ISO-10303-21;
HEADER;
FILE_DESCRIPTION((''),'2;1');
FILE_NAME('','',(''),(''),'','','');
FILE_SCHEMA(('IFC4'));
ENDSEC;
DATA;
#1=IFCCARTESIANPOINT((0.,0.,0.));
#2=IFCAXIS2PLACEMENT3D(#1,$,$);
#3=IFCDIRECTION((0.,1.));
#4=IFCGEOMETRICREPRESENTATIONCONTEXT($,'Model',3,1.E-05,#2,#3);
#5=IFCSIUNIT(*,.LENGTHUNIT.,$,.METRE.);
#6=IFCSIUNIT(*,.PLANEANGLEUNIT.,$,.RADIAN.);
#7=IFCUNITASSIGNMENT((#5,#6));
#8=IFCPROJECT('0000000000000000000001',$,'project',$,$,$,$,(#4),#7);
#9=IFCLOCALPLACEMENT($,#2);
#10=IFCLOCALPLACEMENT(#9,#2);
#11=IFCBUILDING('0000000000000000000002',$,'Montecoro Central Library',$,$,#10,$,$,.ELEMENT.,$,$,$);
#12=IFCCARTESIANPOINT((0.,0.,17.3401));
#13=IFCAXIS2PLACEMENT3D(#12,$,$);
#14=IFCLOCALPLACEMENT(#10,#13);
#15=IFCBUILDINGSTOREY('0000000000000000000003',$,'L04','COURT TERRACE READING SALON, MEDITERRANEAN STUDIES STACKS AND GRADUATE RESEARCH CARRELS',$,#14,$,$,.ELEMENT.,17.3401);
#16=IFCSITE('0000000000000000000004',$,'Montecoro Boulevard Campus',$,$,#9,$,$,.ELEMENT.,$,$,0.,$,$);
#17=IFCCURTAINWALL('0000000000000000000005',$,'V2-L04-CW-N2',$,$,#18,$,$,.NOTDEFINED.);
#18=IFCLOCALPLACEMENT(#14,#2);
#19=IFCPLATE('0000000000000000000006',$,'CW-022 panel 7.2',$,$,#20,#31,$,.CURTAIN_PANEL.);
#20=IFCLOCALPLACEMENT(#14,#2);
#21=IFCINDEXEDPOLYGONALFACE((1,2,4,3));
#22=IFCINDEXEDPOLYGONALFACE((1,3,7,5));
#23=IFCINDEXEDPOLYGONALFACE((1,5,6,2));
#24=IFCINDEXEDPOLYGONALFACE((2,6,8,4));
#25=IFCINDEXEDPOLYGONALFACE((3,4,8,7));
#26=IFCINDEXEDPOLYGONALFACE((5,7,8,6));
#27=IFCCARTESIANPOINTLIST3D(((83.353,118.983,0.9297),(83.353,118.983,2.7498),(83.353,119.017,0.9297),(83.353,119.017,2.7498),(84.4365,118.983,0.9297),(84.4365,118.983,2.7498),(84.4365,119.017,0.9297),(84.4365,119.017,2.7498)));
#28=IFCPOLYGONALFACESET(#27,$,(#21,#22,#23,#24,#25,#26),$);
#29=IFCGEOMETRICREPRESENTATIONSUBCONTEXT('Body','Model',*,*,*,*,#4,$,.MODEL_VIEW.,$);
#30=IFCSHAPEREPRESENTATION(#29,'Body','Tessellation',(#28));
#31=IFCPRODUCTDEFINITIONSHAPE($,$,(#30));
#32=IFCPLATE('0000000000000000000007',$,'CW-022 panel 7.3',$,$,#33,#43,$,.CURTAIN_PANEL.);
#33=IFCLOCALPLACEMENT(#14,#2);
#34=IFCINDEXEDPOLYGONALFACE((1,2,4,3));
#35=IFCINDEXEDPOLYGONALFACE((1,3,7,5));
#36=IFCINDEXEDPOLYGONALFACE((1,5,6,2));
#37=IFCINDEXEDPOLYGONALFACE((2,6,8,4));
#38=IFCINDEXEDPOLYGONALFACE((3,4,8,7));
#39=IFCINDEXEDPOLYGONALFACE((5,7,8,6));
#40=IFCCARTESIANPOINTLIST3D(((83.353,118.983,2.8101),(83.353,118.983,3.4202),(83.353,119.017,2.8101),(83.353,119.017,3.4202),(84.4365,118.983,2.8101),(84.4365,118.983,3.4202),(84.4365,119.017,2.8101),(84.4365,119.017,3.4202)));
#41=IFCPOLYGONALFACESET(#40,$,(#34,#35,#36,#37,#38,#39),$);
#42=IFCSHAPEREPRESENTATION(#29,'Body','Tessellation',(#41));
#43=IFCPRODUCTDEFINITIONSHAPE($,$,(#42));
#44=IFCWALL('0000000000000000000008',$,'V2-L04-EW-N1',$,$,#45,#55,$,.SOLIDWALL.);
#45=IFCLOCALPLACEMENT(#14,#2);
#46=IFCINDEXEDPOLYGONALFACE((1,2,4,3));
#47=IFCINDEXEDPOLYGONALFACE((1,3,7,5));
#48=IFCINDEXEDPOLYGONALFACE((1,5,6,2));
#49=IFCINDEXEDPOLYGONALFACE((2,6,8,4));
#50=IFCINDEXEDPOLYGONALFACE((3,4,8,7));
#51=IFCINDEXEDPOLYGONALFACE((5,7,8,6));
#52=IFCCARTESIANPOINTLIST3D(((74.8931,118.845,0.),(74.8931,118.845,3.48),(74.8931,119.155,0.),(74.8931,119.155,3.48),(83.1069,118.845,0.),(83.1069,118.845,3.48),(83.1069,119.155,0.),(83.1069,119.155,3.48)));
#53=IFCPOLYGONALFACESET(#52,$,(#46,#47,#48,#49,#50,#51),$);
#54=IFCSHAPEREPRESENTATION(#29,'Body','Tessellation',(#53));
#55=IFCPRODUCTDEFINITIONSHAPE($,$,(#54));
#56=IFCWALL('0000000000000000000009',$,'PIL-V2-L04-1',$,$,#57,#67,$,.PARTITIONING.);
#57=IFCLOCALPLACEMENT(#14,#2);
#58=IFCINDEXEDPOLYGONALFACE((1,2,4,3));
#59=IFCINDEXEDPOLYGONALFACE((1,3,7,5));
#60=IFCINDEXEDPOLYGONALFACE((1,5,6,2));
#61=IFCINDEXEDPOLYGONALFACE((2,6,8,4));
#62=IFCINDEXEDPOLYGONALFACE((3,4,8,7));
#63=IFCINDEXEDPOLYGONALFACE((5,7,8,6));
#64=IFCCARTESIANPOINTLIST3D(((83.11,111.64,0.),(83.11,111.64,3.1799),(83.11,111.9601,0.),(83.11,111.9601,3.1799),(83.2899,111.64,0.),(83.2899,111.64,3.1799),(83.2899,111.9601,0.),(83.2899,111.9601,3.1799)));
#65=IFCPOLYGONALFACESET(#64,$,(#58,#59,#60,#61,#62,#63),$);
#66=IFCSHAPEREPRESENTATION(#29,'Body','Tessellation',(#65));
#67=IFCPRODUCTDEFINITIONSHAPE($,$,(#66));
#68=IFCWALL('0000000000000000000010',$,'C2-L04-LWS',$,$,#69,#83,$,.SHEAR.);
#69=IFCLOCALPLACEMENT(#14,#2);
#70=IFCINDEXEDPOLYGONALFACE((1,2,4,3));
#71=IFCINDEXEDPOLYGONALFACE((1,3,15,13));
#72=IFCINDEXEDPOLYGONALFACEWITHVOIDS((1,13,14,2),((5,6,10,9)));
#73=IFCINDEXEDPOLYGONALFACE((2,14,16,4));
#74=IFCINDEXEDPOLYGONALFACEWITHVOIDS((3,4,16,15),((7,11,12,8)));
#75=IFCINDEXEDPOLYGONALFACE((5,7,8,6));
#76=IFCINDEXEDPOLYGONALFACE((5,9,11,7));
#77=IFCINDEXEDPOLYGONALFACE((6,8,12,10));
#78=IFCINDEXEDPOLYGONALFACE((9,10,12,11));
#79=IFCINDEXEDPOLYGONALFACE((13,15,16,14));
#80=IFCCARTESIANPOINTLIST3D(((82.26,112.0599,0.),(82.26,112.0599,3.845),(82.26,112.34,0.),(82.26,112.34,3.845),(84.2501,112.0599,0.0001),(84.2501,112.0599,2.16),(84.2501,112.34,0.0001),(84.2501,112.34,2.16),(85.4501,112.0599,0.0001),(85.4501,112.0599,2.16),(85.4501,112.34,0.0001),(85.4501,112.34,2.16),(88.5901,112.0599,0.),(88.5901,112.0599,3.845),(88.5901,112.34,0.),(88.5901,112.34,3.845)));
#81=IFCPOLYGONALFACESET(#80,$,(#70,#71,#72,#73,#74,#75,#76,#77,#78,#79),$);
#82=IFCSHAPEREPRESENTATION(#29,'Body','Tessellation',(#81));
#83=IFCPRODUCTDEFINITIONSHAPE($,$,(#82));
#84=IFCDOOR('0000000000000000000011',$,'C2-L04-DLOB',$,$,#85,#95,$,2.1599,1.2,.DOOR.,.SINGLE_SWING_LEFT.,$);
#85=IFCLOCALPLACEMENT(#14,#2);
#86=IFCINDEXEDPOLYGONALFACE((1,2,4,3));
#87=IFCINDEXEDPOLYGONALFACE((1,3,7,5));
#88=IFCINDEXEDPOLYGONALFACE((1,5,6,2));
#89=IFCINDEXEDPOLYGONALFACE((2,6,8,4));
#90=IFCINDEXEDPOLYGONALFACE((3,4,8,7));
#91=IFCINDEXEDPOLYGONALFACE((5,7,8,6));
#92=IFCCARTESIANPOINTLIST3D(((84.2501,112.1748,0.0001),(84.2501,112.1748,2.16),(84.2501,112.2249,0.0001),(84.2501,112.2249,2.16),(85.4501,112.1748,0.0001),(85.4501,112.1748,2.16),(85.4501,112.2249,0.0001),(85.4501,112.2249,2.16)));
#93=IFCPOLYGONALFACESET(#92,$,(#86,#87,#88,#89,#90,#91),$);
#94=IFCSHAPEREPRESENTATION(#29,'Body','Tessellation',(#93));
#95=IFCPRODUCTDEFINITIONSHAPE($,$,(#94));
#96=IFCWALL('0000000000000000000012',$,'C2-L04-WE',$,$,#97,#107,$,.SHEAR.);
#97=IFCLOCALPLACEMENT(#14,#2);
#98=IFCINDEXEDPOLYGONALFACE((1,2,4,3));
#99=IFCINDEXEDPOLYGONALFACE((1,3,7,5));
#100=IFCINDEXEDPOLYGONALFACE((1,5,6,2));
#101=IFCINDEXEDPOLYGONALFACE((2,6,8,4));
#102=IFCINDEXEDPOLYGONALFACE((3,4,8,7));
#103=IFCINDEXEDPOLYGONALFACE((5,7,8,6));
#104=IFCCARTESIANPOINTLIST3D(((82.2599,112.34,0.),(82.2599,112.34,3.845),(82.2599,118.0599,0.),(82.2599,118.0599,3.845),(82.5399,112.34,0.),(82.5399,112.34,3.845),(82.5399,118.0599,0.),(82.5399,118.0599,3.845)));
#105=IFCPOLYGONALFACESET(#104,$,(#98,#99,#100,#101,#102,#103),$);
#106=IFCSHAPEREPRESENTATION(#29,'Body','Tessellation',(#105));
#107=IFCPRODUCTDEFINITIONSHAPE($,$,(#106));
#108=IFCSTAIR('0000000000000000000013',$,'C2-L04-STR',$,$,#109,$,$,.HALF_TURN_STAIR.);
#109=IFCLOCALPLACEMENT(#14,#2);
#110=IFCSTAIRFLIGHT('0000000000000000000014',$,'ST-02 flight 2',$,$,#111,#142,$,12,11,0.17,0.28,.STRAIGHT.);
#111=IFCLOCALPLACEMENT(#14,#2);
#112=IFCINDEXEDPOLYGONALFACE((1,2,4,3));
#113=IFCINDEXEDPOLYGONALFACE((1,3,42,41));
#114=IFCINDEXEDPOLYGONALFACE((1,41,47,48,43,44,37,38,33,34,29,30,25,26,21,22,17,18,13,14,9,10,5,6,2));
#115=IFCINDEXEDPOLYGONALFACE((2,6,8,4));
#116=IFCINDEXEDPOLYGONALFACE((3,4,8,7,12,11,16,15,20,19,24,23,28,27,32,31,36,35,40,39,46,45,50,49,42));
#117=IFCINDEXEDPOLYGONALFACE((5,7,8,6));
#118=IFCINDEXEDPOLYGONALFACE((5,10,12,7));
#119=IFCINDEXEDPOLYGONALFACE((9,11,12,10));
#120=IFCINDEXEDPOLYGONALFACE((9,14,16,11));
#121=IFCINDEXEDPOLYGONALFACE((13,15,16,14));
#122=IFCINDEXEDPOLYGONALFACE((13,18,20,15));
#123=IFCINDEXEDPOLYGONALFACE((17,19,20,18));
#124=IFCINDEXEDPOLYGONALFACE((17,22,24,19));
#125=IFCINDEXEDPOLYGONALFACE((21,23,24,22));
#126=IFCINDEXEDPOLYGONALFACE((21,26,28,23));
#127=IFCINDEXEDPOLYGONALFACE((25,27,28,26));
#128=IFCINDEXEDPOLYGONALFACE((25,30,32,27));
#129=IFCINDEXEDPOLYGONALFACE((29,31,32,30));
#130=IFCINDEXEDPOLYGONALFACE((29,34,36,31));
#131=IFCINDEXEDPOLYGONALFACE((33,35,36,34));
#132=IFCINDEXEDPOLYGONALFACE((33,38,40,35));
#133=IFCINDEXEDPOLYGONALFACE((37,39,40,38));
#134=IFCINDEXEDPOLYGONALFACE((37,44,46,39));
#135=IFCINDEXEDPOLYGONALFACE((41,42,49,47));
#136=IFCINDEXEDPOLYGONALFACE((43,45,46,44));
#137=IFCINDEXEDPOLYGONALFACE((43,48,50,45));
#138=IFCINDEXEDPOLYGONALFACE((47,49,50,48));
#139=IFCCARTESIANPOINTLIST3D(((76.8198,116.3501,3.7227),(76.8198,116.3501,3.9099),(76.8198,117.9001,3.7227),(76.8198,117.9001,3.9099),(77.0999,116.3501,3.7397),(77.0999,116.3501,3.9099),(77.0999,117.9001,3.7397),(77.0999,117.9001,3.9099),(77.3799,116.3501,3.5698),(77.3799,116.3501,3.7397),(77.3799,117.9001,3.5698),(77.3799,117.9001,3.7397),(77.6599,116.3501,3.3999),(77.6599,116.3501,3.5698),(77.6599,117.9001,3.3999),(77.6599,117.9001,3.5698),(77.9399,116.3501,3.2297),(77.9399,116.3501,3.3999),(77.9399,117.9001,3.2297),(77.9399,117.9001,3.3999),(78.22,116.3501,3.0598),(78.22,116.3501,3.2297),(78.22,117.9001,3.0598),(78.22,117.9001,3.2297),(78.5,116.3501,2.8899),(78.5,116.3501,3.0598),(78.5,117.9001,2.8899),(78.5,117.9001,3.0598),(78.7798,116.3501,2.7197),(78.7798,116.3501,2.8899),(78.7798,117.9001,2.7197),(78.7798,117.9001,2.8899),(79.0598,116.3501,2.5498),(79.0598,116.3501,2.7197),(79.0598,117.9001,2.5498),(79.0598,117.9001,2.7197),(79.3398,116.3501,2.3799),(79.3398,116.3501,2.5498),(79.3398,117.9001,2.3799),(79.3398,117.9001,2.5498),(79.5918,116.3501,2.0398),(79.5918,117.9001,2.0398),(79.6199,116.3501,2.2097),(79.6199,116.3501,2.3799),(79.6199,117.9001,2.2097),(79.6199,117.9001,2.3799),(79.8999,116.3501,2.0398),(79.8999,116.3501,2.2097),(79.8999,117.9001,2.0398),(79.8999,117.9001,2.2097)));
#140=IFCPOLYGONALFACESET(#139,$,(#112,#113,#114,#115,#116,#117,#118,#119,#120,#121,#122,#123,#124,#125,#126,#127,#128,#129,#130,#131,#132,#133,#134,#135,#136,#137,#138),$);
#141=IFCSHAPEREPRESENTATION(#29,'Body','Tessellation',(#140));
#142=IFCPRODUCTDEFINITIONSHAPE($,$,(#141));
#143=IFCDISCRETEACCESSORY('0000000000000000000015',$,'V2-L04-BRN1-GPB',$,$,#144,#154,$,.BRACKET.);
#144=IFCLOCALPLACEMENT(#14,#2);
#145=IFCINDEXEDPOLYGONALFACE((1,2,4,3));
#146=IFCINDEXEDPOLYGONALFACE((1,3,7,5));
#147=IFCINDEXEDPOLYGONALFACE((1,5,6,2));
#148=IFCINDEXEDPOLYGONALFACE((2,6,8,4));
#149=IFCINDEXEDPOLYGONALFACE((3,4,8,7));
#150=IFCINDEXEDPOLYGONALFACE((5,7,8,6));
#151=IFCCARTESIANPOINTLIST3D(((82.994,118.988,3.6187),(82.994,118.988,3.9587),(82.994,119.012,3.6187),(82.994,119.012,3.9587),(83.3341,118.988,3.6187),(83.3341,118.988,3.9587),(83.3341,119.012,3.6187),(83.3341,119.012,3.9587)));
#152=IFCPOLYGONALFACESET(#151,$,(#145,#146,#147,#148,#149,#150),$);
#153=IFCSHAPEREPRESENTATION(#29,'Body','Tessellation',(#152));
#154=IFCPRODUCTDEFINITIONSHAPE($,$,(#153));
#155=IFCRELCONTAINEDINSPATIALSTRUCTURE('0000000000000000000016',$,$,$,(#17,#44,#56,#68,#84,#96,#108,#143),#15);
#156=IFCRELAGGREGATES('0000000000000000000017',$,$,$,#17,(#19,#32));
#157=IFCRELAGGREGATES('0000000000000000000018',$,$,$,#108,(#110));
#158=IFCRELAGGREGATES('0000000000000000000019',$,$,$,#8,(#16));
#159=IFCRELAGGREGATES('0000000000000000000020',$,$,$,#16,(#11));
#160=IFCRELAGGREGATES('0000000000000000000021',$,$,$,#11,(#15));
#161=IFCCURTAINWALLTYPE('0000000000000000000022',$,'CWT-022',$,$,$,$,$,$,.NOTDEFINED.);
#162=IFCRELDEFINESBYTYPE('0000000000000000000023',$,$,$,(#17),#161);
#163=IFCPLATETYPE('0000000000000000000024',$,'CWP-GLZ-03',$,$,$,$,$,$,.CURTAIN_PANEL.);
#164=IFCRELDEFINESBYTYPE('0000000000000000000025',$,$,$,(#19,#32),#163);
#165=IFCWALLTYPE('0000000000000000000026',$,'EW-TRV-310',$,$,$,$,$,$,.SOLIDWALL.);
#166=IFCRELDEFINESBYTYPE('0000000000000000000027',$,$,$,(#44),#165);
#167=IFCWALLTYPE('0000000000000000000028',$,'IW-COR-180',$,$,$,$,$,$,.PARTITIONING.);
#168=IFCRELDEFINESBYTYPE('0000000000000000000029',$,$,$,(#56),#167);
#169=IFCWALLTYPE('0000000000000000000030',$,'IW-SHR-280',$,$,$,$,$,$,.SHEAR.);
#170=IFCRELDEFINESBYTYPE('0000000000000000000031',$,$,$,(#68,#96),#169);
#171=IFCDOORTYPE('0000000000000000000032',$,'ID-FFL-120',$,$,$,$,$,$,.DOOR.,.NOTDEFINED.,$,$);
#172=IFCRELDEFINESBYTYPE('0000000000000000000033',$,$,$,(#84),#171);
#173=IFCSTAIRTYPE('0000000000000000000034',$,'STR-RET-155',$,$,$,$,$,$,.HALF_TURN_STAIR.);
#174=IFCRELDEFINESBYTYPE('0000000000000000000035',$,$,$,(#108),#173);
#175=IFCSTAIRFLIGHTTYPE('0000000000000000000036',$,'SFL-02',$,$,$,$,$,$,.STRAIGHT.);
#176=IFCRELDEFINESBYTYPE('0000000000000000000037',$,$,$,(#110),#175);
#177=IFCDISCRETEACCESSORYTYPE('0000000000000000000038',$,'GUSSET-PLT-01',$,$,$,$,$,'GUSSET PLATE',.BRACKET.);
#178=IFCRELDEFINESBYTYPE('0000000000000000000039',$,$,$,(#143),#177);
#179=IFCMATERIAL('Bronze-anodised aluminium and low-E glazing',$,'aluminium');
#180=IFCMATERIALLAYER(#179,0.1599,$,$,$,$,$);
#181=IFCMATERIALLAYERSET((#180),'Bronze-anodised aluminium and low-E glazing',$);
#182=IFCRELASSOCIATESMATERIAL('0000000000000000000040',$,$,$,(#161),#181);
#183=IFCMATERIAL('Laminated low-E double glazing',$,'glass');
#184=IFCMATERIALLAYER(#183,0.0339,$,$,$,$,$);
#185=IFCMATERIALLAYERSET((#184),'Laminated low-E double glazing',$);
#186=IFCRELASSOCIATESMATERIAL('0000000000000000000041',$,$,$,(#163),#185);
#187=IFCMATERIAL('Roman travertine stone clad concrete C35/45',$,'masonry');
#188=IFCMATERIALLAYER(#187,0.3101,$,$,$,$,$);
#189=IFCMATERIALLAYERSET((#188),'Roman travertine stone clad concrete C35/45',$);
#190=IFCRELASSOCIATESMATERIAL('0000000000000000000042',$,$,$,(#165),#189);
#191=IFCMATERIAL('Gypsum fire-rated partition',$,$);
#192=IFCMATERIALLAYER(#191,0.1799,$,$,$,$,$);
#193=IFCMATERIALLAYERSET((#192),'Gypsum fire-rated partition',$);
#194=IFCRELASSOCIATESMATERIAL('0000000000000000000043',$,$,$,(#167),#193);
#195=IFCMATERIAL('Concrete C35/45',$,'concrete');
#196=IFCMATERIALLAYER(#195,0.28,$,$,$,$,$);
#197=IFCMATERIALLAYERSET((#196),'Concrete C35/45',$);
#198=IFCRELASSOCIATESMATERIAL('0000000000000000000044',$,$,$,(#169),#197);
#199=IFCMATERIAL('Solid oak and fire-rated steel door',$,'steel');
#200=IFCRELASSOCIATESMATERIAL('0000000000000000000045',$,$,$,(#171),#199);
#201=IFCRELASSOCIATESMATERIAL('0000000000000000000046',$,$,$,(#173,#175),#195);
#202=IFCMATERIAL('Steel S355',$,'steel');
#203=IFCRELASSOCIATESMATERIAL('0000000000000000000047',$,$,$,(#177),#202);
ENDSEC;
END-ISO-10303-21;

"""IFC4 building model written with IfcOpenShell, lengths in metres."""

from ifc_helpers import new_model, si_unit, direction, frame, frame_2d, origin, origin_2d, place, context, subcontext, project, spatial, polyline, rectangle, outline, extrude, material, layer, layer_set, type_object, element, fill, aggregate, save


model = new_model("IFC4")

# Units and contexts
model_context = context("Model", 3, precision=1e-05, world=origin(), true_north=direction((0.0, 1.0)))
body_context = subcontext(model_context, "Body", "Model", "MODEL_VIEW")
ifc_project = project(units=[si_unit("LENGTHUNIT", "METRE"), si_unit("PLANEANGLEUNIT", "RADIAN")], contexts=[model_context])

# Site, building, storey
site_placement = place(None, origin())
site = spatial("IfcSite", under=ifc_project, at=site_placement, Name="Montecoro Boulevard Campus", CompositionType="ELEMENT", RefElevation=0.0)
building_placement = place(site_placement, origin())
building = spatial("IfcBuilding", under=site, at=building_placement, Name="Montecoro Central Library", CompositionType="ELEMENT")
storey_placement = place(building_placement, frame((0.0, 0.0, 17.3401)))
storey = spatial("IfcBuildingStorey", under=building, at=storey_placement, Name="L04", Description="COURT TERRACE READING SALON, MEDITERRANEAN STUDIES STACKS AND GRADUATE RESEARCH CARRELS", CompositionType="ELEMENT", Elevation=17.3401)

# Shared definitions
ifc_material_1 = material(Name="Steel S355", Category="steel")

# Curtain wall, plates
ifc_material_2 = material(Name="Bronze-anodised aluminium and low-E glazing", Category="aluminium")
ifc_layer_1 = layer(ifc_material_2, 0.1599)
ifc_layer_set_1 = layer_set([ifc_layer_1], Name="Bronze-anodised aluminium and low-E glazing")
curtain_wall_type = type_object("IfcCurtainWallType", Name="CWT-022", PredefinedType="NOTDEFINED", material=ifc_layer_set_1)
curtain_wall_placement = place(storey_placement, origin())
curtain_wall = element("IfcCurtainWall", 1, at=curtain_wall_placement, inside=storey, type_object=curtain_wall_type, Name="V2-L04-CW-N2", PredefinedType="NOTDEFINED")
ifc_material_3 = material(Name="Laminated low-E double glazing", Category="glass")
ifc_layer_2 = layer(ifc_material_3, 0.0339)
ifc_layer_set_2 = layer_set([ifc_layer_2], Name="Laminated low-E double glazing")
plate_type = type_object("IfcPlateType", Name="CWP-GLZ-03", PredefinedType="CURTAIN_PANEL", material=ifc_layer_set_2)
plate_1_placement = place(storey_placement, frame((83.8948, 119.0, 0.9297), z_axis=(0.0, 0.0, 1.0), x_axis=(-1.0, 0.0, 0.0)))
plate_1 = element("IfcPlate", 2, at=plate_1_placement, type_object=plate_type, Name="CW-022 panel 7.2", PredefinedType="CURTAIN_PANEL", context=body_context, shape_type="SweptSolid", body=[
    extrude(rectangle(XDim=1.0835, YDim=0.0339, at=origin_2d()), origin(), (0.0, 0.0, 1.0), 1.8201),
])
plate_2_placement = place(storey_placement, frame((83.8948, 119.0, 2.8101), z_axis=(0.0, 0.0, 1.0), x_axis=(-1.0, 0.0, 0.0)))
plate_2 = element("IfcPlate", 3, at=plate_2_placement, type_object=plate_type, Name="CW-022 panel 7.3", PredefinedType="CURTAIN_PANEL", context=body_context, shape_type="SweptSolid", body=[
    extrude(rectangle(XDim=1.0835, YDim=0.0339, at=origin_2d()), origin(), (0.0, 0.0, 1.0), 0.6101),
])
aggregate(curtain_wall, [plate_1, plate_2])

# Walls
ifc_material_4 = material(Name="Roman travertine stone clad concrete C35/45", Category="masonry")
ifc_layer_3 = layer(ifc_material_4, 0.3101)
ifc_layer_set_3 = layer_set([ifc_layer_3], Name="Roman travertine stone clad concrete C35/45")
wall_type_1 = type_object("IfcWallType", Name="EW-TRV-310", PredefinedType="SOLIDWALL", material=ifc_layer_set_3)
wall_1_placement = place(storey_placement, frame((83.1069, 119.0, 0.0), z_axis=(0.0, 0.0, 1.0), x_axis=(-1.0, 0.0, 0.0)))
element("IfcWall", 4, at=wall_1_placement, inside=storey, type_object=wall_type_1, Name="V2-L04-EW-N1", PredefinedType="SOLIDWALL", context=body_context, shape_type="SweptSolid", body=[
    extrude(rectangle(XDim=8.2139, YDim=0.3101, at=frame_2d((4.1069, 0.0))), origin(), (0.0, 0.0, 1.0), 3.48),
])
ifc_material_5 = material(Name="Gypsum fire-rated partition")
ifc_layer_4 = layer(ifc_material_5, 0.1799)
ifc_layer_set_4 = layer_set([ifc_layer_4], Name="Gypsum fire-rated partition")
wall_type_2 = type_object("IfcWallType", Name="IW-COR-180", PredefinedType="PARTITIONING", material=ifc_layer_set_4)
wall_2_placement = place(storey_placement, frame((83.2, 111.6399, 0.0), z_axis=(0.0, 0.0, 1.0), x_axis=(0.0, 1.0, 0.0)))
element("IfcWall", 5, at=wall_2_placement, inside=storey, type_object=wall_type_2, Name="PIL-V2-L04-1", PredefinedType="PARTITIONING", context=body_context, shape_type="SweptSolid", body=[
    extrude(rectangle(XDim=0.3201, YDim=0.1799, at=frame_2d((0.1602, 0.0))), origin(), (0.0, 0.0, 1.0), 3.1799),
])

# Wall, opening, door
ifc_material_6 = material(Name="Concrete C35/45", Category="concrete")
ifc_layer_5 = layer(ifc_material_6, 0.28)
ifc_layer_set_5 = layer_set([ifc_layer_5], Name="Concrete C35/45")
wall_type_3 = type_object("IfcWallType", Name="IW-SHR-280", PredefinedType="SHEAR", material=ifc_layer_set_5)
wall_3_placement = place(storey_placement, frame((82.26, 112.2, 0.0), z_axis=(0.0, 0.0, 1.0), x_axis=(1.0, 0.0, 0.0)))
wall_3 = element("IfcWall", 6, at=wall_3_placement, inside=storey, type_object=wall_type_3, Name="C2-L04-LWS", PredefinedType="SHEAR", context=body_context, shape_type="SweptSolid", body=[
    extrude(rectangle(XDim=6.3301, YDim=0.28, at=frame_2d((3.165, 0.0))), origin(), (0.0, 0.0, 1.0), 3.845),
])
opening_placement = place(wall_3_placement, frame((1.99, 0.0, 0.0)))
opening = element("IfcOpeningElement", 7, at=opening_placement, cuts=wall_3, PredefinedType="OPENING", context=body_context, shape_type="SweptSolid", body=[
    extrude(rectangle(XDim=1.2, YDim=2.1599, at=frame_2d((0.6001, 1.0801))), frame((0.0, 0.1499, 0.0), z_axis=(0.0, -1.0, 0.0), x_axis=(1.0, 0.0, 0.0)), (0.0, 0.0, 1.0), 0.3),
])
ifc_material_7 = material(Name="Solid oak and fire-rated steel door", Category="steel")
door_type = type_object("IfcDoorType", Name="ID-FFL-120", OperationType="NOTDEFINED", PredefinedType="DOOR", material=ifc_material_7)
door_placement = place(opening_placement, origin())
door = element("IfcDoor", 8, at=door_placement, inside=storey, type_object=door_type, Name="C2-L04-DLOB", OperationType="SINGLE_SWING_LEFT", OverallHeight=2.1599, OverallWidth=1.2, PredefinedType="DOOR", context=body_context, shape_type="SweptSolid", body=[
    extrude(rectangle(XDim=1.2, YDim=2.1599, at=frame_2d((0.6001, 1.0801))), frame((0.0, 0.0249, 0.0), z_axis=(0.0, -1.0, 0.0), x_axis=(1.0, 0.0, 0.0)), (0.0, 0.0, 1.0), 0.05),
])
fill(opening, door)

# Wall
wall_4_placement = place(storey_placement, frame((82.3999, 112.3401, 0.0), z_axis=(0.0, 0.0, 1.0), x_axis=(0.0, 1.0, 0.0)))
element("IfcWall", 9, at=wall_4_placement, inside=storey, type_object=wall_type_3, Name="C2-L04-WE", PredefinedType="SHEAR", context=body_context, shape_type="SweptSolid", body=[
    extrude(rectangle(XDim=5.72, YDim=0.28, at=frame_2d((2.8599, 0.0))), origin(), (0.0, 0.0, 1.0), 3.845),
])

# Stair, stair flight
stair_type = type_object("IfcStairType", Name="STR-RET-155", PredefinedType="HALF_TURN_STAIR", material=ifc_material_6)
stair_placement = place(storey_placement, origin())
stair = element("IfcStair", 10, at=stair_placement, inside=storey, type_object=stair_type, Name="C2-L04-STR", PredefinedType="HALF_TURN_STAIR")
stair_flight_type = type_object("IfcStairFlightType", Name="SFL-02", PredefinedType="STRAIGHT", material=ifc_material_6)
stair_flight_placement = place(storey_placement, frame((79.8999, 117.125, 2.0398), z_axis=(0.0, 0.0, 1.0), x_axis=(-1.0, 0.0, 0.0)))
stair_flight = element("IfcStairFlight", 11, at=stair_flight_placement, type_object=stair_flight_type, Name="ST-02 flight 2", NumberOfRisers=12, NumberOfTreads=11, PredefinedType="STRAIGHT", RiserHeight=0.17, TreadLength=0.28, context=body_context, shape_type="SweptSolid", body=[
    extrude(outline(polyline([(0.0, 0.0), (0.0, 0.1699), (0.28, 0.1699), (0.28, 0.3401), (0.5601, 0.3401), (0.5601, 0.51), (0.8401, 0.51), (0.8401, 0.6799), (1.1201, 0.6799), (1.1201, 0.8501), (1.3999, 0.8501), (1.3999, 1.02), (1.6799, 1.02), (1.6799, 1.1899), (1.96, 1.1899), (1.96, 1.3601), (2.24, 1.3601), (2.24, 1.53), (2.52, 1.53), (2.52, 1.7), (2.8, 1.7), (2.8, 1.8701), (3.0801, 1.8701), (3.0801, 2.04), (3.0801, 1.6829), (0.3081, 0.0), (0.0, 0.0)])), frame((0.0, 0.7749, 0.0), z_axis=(0.0, -1.0, 0.0), x_axis=(1.0, 0.0, 0.0)), (0.0, 0.0, 1.0), 1.55),
])
aggregate(stair, [stair_flight])

# Discrete accessory
discrete_accessory_type = type_object("IfcDiscreteAccessoryType", Name="GUSSET-PLT-01", ElementType="GUSSET PLATE", PredefinedType="BRACKET", material=ifc_material_1)
discrete_accessory_placement = place(storey_placement, frame((83.1641, 119.0, 3.6187), z_axis=(0.0, 0.0, 1.0), x_axis=(1.0, 0.0, 0.0)))
element("IfcDiscreteAccessory", 12, at=discrete_accessory_placement, inside=storey, type_object=discrete_accessory_type, Name="V2-L04-BRN1-GPB", PredefinedType="BRACKET", context=body_context, shape_type="SweptSolid", body=[
    extrude(rectangle(XDim=0.3401, YDim=0.0239, at=origin_2d()), origin(), (0.0, 0.0, 1.0), 0.3401),
])

save(model, "model.ifc")
